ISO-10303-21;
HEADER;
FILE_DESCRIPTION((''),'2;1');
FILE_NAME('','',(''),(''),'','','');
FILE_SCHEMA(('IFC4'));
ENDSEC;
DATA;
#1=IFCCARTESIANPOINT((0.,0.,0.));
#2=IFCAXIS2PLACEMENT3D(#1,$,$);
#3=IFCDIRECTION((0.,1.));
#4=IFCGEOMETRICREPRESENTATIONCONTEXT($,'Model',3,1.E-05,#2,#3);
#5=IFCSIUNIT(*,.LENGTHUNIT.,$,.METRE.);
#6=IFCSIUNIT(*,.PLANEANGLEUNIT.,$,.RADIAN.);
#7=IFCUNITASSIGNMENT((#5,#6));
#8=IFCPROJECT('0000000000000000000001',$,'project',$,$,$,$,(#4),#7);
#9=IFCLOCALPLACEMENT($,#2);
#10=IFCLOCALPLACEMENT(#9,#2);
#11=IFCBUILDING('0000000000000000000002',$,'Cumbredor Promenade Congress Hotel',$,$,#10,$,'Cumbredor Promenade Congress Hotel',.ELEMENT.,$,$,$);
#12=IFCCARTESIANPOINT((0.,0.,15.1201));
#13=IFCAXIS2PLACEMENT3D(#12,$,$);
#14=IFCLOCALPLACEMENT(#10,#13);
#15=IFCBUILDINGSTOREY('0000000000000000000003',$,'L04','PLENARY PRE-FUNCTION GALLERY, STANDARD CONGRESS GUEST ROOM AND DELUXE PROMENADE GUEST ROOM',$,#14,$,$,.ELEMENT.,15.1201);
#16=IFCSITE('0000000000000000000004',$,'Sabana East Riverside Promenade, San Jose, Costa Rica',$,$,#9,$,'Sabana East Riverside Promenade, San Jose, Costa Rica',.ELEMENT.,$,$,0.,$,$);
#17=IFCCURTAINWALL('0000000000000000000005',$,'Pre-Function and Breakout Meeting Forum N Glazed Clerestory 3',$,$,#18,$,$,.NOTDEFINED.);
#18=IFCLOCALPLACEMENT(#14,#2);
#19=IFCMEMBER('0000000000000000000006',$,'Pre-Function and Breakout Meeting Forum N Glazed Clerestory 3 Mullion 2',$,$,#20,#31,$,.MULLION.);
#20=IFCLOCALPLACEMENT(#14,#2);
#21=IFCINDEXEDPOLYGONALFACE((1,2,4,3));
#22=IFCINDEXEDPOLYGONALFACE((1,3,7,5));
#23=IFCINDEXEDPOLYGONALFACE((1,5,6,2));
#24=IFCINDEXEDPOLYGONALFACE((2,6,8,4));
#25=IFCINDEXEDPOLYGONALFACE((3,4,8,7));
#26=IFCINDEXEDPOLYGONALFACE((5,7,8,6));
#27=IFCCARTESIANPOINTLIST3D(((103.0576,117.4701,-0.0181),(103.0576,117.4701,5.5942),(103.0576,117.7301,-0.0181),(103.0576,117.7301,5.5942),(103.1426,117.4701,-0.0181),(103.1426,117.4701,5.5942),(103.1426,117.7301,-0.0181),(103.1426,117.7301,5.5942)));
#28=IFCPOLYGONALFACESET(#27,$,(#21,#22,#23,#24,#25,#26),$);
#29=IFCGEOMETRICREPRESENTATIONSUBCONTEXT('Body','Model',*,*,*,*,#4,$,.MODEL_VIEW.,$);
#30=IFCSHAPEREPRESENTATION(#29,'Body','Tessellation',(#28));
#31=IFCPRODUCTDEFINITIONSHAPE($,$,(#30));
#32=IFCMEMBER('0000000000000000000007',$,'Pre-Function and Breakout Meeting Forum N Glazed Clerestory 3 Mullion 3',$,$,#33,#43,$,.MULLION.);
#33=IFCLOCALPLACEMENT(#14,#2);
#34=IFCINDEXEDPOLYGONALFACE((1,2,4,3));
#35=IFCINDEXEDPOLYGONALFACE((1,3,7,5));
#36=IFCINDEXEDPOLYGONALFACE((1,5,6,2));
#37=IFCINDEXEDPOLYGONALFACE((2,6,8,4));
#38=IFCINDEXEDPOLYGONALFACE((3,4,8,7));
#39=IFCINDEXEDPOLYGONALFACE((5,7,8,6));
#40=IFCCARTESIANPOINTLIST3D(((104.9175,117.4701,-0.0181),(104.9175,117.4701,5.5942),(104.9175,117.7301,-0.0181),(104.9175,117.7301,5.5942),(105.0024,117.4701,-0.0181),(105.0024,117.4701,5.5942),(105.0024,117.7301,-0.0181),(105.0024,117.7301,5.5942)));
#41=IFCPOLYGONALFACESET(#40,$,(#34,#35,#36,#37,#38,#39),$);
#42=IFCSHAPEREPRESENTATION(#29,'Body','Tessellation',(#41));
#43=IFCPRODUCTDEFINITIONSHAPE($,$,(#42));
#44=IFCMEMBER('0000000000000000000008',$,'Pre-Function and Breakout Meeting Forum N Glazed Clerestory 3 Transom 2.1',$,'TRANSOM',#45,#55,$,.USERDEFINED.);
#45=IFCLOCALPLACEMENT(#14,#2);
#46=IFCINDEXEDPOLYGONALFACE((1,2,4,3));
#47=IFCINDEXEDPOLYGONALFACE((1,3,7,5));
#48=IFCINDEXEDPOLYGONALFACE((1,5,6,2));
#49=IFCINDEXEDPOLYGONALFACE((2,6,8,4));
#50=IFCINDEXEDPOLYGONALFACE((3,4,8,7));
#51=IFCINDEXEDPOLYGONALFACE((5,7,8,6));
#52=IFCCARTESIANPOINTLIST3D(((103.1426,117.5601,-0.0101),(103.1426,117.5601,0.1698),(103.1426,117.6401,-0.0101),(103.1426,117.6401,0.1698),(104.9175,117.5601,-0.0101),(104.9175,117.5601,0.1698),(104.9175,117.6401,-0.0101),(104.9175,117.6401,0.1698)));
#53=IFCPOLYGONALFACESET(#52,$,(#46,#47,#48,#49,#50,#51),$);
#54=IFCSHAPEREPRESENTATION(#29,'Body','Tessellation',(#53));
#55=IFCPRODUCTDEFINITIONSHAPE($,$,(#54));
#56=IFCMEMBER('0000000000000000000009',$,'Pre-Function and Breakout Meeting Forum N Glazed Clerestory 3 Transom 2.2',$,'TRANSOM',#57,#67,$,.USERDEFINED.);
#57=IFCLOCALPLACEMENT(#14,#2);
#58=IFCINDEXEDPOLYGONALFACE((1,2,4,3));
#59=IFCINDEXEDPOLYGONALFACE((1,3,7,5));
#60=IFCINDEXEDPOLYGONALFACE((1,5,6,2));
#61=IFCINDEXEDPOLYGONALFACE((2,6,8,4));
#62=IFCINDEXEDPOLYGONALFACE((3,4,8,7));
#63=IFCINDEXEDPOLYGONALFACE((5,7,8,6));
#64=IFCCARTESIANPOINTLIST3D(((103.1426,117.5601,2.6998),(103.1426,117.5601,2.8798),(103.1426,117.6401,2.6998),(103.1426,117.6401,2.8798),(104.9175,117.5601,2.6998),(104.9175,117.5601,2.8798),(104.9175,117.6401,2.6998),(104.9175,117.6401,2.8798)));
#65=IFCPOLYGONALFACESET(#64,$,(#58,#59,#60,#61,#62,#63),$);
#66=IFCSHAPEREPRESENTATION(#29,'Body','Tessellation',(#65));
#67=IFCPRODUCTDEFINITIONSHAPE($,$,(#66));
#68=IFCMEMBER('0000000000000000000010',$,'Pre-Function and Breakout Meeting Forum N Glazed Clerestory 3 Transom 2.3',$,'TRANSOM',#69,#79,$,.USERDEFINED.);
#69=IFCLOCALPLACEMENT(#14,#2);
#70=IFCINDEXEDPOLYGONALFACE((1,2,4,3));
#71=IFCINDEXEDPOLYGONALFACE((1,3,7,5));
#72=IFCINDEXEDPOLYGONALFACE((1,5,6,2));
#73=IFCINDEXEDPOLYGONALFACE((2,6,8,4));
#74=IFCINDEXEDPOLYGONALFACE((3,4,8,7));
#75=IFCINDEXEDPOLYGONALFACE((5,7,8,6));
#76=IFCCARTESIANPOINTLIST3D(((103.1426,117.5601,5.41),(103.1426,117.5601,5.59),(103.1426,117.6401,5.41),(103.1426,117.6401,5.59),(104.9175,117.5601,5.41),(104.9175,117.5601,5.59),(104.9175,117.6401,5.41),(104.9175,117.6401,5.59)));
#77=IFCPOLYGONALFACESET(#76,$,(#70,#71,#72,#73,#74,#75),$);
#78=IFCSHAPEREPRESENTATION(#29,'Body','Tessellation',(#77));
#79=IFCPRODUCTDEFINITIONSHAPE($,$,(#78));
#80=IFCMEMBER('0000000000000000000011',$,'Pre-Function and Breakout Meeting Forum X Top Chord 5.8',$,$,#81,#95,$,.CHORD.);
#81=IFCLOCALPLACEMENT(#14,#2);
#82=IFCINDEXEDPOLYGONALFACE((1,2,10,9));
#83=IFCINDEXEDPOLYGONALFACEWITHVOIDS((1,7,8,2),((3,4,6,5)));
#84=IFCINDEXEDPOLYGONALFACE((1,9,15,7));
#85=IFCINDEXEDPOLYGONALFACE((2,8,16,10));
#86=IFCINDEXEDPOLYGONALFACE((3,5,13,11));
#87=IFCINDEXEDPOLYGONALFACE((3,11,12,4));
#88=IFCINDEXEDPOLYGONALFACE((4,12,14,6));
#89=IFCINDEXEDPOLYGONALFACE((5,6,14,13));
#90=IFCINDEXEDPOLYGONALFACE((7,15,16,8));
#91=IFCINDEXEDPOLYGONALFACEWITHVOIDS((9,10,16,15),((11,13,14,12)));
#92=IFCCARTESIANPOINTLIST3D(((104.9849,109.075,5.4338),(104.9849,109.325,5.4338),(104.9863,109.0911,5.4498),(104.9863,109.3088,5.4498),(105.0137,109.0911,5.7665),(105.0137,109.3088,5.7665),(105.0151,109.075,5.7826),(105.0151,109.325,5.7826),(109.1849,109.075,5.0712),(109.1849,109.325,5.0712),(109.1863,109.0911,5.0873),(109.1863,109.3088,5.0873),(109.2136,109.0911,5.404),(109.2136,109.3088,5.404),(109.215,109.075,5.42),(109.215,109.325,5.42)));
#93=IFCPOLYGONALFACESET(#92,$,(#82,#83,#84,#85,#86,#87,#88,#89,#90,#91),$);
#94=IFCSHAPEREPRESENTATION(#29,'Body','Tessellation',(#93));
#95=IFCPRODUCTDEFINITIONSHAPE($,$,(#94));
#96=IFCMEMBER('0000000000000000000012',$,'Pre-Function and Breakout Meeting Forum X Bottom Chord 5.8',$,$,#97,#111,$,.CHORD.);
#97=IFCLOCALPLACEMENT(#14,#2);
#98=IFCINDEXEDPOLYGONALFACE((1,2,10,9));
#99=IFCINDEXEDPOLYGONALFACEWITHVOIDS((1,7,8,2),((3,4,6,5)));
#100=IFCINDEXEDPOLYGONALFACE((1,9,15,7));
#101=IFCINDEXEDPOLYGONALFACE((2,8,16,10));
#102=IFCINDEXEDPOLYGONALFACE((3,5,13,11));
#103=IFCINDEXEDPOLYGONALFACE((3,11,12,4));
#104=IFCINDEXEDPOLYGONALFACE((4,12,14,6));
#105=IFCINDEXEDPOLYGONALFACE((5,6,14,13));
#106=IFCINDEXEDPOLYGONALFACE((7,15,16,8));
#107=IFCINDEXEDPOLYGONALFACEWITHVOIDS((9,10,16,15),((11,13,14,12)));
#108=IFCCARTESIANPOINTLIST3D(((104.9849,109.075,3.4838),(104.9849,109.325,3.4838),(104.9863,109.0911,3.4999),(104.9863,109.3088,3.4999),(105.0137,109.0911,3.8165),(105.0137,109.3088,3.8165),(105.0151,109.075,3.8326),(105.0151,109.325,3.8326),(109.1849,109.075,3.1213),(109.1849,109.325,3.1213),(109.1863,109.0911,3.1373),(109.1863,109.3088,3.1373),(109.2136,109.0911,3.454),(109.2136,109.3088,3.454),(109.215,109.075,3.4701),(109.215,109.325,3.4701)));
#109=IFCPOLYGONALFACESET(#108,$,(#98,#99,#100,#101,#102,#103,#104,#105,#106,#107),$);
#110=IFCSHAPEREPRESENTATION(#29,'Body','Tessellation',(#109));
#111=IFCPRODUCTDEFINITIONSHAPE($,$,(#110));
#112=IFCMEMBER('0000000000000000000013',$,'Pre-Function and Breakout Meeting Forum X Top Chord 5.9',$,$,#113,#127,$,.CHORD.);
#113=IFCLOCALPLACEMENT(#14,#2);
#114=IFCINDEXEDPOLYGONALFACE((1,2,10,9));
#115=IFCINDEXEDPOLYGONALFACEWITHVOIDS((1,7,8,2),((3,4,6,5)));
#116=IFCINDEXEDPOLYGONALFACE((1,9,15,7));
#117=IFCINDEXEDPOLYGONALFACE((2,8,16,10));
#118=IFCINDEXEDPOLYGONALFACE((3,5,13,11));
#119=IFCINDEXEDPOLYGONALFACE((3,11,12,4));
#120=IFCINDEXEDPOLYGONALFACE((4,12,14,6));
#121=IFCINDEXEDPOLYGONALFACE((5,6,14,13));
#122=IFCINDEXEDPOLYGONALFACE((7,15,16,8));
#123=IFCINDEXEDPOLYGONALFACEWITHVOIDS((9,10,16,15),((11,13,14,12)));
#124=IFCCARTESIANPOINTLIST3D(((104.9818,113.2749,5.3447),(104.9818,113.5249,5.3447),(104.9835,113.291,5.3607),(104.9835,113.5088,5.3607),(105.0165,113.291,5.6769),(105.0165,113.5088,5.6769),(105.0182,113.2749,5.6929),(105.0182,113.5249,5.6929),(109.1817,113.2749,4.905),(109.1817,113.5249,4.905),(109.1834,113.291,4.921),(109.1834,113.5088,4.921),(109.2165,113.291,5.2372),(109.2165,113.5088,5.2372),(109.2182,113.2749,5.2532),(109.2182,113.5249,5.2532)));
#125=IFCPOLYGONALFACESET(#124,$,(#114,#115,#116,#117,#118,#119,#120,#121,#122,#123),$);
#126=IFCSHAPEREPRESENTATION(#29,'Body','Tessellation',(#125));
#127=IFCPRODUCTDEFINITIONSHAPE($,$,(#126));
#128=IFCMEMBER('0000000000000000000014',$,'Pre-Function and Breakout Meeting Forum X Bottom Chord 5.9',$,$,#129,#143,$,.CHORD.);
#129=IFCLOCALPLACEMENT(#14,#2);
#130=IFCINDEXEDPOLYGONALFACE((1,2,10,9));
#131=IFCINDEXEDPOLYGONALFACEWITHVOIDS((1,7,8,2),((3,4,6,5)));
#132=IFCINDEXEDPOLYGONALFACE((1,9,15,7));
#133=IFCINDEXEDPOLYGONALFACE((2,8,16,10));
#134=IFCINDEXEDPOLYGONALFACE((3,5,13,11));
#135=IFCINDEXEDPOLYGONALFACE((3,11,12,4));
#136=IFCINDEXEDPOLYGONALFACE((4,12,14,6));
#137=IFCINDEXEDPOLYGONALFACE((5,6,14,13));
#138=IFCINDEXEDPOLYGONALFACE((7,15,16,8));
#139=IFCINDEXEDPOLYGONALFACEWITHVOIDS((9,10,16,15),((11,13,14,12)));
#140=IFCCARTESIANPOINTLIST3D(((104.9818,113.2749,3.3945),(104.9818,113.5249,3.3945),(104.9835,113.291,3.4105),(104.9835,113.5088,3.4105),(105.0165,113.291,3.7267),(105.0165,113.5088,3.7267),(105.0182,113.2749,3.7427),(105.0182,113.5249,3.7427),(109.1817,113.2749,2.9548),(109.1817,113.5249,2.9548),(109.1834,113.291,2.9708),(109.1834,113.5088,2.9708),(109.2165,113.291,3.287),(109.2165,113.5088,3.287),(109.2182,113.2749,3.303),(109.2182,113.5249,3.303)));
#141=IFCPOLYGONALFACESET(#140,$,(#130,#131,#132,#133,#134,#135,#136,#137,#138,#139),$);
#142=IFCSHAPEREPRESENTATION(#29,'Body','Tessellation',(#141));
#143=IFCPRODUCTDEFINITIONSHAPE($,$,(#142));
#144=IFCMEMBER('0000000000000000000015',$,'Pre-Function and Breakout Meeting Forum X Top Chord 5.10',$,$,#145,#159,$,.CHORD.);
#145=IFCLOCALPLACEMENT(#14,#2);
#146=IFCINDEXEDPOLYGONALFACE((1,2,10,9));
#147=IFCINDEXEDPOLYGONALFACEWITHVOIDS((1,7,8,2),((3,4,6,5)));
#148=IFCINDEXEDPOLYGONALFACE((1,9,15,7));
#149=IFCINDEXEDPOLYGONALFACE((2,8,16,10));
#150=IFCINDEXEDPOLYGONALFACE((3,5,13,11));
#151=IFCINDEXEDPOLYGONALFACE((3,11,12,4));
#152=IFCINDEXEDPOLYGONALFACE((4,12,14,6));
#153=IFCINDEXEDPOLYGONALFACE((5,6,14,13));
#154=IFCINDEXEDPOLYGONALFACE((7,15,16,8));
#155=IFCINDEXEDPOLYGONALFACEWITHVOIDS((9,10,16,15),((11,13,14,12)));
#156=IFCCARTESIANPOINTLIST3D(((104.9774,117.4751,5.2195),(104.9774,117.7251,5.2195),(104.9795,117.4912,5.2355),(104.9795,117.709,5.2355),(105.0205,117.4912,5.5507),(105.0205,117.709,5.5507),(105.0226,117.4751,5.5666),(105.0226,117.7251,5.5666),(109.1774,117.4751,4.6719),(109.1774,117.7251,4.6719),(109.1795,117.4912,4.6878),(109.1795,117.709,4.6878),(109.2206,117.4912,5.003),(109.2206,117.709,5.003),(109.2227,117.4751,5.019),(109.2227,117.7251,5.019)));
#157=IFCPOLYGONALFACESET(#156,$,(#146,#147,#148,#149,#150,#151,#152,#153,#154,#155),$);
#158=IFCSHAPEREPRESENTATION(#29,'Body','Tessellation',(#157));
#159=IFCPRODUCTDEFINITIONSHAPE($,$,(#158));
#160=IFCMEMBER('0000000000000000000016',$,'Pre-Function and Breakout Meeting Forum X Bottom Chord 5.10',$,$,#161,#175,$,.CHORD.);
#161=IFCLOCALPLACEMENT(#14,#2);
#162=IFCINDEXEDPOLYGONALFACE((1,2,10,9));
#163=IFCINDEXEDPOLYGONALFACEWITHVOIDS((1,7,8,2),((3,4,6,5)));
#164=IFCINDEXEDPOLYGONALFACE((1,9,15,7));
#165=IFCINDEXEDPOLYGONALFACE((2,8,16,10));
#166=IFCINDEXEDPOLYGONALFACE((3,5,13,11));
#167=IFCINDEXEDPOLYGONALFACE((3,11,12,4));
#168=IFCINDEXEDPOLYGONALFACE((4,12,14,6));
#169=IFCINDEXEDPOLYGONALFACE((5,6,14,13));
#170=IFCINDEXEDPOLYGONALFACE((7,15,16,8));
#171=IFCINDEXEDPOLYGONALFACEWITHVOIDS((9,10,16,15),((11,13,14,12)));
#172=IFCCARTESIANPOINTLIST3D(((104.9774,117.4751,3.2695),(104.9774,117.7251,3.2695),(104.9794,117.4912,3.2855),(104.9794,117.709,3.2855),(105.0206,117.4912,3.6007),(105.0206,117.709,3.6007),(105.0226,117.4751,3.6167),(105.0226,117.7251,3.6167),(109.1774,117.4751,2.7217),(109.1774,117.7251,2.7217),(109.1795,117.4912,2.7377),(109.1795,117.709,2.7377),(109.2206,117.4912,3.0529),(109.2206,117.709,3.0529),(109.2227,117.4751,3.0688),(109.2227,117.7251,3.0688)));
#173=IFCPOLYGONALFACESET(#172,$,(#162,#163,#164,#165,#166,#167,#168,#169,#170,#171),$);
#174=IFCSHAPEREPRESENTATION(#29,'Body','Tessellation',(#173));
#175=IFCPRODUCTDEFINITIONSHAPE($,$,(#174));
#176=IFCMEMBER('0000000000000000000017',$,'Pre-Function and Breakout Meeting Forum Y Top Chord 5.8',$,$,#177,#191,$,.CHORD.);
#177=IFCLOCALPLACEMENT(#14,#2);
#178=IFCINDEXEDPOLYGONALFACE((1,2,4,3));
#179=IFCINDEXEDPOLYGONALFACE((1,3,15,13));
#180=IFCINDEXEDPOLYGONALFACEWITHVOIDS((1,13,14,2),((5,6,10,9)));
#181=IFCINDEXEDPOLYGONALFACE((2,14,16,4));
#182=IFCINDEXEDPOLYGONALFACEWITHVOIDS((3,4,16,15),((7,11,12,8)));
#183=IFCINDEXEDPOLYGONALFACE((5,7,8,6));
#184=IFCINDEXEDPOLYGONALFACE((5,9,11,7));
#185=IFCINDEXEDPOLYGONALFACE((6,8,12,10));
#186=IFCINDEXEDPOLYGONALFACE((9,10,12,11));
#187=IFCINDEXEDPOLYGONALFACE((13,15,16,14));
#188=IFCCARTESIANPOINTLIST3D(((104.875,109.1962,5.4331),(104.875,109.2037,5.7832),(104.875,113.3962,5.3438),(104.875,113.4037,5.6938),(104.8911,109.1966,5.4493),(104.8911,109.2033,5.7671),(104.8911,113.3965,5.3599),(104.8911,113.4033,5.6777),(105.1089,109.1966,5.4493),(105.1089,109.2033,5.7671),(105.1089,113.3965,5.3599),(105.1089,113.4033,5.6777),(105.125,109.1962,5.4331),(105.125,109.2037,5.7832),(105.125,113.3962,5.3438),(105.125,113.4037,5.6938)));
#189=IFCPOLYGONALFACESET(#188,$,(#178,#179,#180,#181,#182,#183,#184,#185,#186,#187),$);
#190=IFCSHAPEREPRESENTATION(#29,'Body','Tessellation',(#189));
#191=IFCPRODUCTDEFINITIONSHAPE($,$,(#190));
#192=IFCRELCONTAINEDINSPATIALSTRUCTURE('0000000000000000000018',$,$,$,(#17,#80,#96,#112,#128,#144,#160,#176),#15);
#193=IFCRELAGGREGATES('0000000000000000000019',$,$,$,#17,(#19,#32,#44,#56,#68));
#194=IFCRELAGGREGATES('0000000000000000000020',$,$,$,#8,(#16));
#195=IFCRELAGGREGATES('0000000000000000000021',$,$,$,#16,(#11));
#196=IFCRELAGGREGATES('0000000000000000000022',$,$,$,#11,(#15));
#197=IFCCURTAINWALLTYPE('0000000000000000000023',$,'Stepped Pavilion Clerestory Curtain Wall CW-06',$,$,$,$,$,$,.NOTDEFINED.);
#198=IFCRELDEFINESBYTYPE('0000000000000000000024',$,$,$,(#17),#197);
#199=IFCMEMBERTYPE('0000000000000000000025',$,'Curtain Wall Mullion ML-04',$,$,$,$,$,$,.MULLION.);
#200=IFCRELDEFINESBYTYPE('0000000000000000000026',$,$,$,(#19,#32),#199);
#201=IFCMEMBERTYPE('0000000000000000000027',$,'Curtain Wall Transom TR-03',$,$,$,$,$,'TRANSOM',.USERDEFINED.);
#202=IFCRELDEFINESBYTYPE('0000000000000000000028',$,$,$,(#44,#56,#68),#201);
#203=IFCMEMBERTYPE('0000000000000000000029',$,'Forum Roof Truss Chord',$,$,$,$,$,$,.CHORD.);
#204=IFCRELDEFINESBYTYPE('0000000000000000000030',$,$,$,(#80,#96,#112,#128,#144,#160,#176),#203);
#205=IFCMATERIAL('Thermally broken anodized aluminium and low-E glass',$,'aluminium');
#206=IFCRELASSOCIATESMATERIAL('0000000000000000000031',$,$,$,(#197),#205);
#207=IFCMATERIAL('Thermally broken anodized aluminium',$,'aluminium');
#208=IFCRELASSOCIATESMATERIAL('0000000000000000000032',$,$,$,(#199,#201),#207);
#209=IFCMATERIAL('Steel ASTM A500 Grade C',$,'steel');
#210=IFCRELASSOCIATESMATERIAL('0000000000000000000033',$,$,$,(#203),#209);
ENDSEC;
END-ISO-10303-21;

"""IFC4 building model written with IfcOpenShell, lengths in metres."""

from ifc_helpers import new_model, si_unit, direction, frame, origin, origin_2d, place, context, subcontext, project, spatial, rectangle, hollow_rectangle, extrude, material, material_profile, profile_set, type_object, element, aggregate, save


model = new_model("IFC4")

# Units and contexts
model_context = context("Model", 3, precision=1e-05, world=origin(), true_north=direction((0.0, 1.0)))
body_context = subcontext(model_context, "Body", "Model", "MODEL_VIEW")
ifc_project = project(units=[si_unit("LENGTHUNIT", "METRE"), si_unit("PLANEANGLEUNIT", "RADIAN")], contexts=[model_context])

# Site, building, storey
site_placement = place(None, origin())
site = spatial("IfcSite", under=ifc_project, at=site_placement, Name="Sabana East Riverside Promenade, San Jose, Costa Rica", LongName="Sabana East Riverside Promenade, San Jose, Costa Rica", CompositionType="ELEMENT", RefElevation=0.0)
building_placement = place(site_placement, origin())
building = spatial("IfcBuilding", under=site, at=building_placement, Name="Cumbredor Promenade Congress Hotel", LongName="Cumbredor Promenade Congress Hotel", CompositionType="ELEMENT")
storey_placement = place(building_placement, frame((0.0, 0.0, 15.1201)))
storey = spatial("IfcBuildingStorey", under=building, at=storey_placement, Name="L04", Description="PLENARY PRE-FUNCTION GALLERY, STANDARD CONGRESS GUEST ROOM AND DELUXE PROMENADE GUEST ROOM", CompositionType="ELEMENT", Elevation=15.1201)

# Curtain wall, members
ifc_material_1 = material(Name="Thermally broken anodized aluminium and low-E glass", Category="aluminium")
curtain_wall_type = type_object("IfcCurtainWallType", Name="Stepped Pavilion Clerestory Curtain Wall CW-06", PredefinedType="NOTDEFINED", material=ifc_material_1)
curtain_wall_placement = place(storey_placement, origin())
curtain_wall = element("IfcCurtainWall", 1, at=curtain_wall_placement, inside=storey, type_object=curtain_wall_type, Name="Pre-Function and Breakout Meeting Forum N Glazed Clerestory 3", PredefinedType="NOTDEFINED")
ifc_material_2 = material(Name="Thermally broken anodized aluminium", Category="aluminium")
ifc_material_profile_1 = material_profile(ifc_material_2, rectangle(XDim=0.085, YDim=0.26, at=origin_2d()), Name="ALU MULLION CLERESTORY 85x260")
ifc_profile_set_1 = profile_set([ifc_material_profile_1], Name="Thermally broken anodized aluminium")
member_type_1 = type_object("IfcMemberType", Name="Curtain Wall Mullion ML-04", PredefinedType="MULLION", material=ifc_profile_set_1)
member_1_placement = place(storey_placement, frame((103.1001, 117.6001, -0.0181), z_axis=(0.0, 0.0, 1.0), x_axis=(1.0, 0.0, 0.0)))
member_1 = element("IfcMember", 2, at=member_1_placement, type_object=member_type_1, Name="Pre-Function and Breakout Meeting Forum N Glazed Clerestory 3 Mullion 2", PredefinedType="MULLION", context=body_context, shape_type="SweptSolid", body=[
    extrude(rectangle(XDim=0.085, YDim=0.26, at=origin_2d()), origin(), (0.0, 0.0, 1.0), 5.6123),
])
member_2_placement = place(storey_placement, frame((104.96, 117.6001, -0.0181), z_axis=(0.0, 0.0, 1.0), x_axis=(1.0, 0.0, 0.0)))
member_2 = element("IfcMember", 3, at=member_2_placement, type_object=member_type_1, Name="Pre-Function and Breakout Meeting Forum N Glazed Clerestory 3 Mullion 3", PredefinedType="MULLION", context=body_context, shape_type="SweptSolid", body=[
    extrude(rectangle(XDim=0.085, YDim=0.26, at=origin_2d()), origin(), (0.0, 0.0, 1.0), 5.6123),
])
ifc_material_profile_2 = material_profile(ifc_material_2, rectangle(XDim=0.0801, YDim=0.1799, at=origin_2d()), Name="ALU TRANSOM 80x180")
ifc_profile_set_2 = profile_set([ifc_material_profile_2], Name="Thermally broken anodized aluminium")
member_type_2 = type_object("IfcMemberType", Name="Curtain Wall Transom TR-03", ElementType="TRANSOM", PredefinedType="USERDEFINED", material=ifc_profile_set_2)
member_3_placement = place(storey_placement, frame((103.1426, 117.6001, 0.0798), z_axis=(1.0, 0.0, 0.0), x_axis=(0.0, 1.0, 0.0)))
member_3 = element("IfcMember", 4, at=member_3_placement, type_object=member_type_2, Name="Pre-Function and Breakout Meeting Forum N Glazed Clerestory 3 Transom 2.1", ObjectType="TRANSOM", PredefinedType="USERDEFINED", context=body_context, shape_type="SweptSolid", body=[
    extrude(rectangle(XDim=0.0801, YDim=0.1799, at=origin_2d()), origin(), (0.0, 0.0, 1.0), 1.7749),
])
member_4_placement = place(storey_placement, frame((103.1426, 117.6001, 2.7898), z_axis=(1.0, 0.0, 0.0), x_axis=(0.0, 1.0, 0.0)))
member_4 = element("IfcMember", 5, at=member_4_placement, type_object=member_type_2, Name="Pre-Function and Breakout Meeting Forum N Glazed Clerestory 3 Transom 2.2", ObjectType="TRANSOM", PredefinedType="USERDEFINED", context=body_context, shape_type="SweptSolid", body=[
    extrude(rectangle(XDim=0.0801, YDim=0.1799, at=origin_2d()), origin(), (0.0, 0.0, 1.0), 1.7749),
])
member_5_placement = place(storey_placement, frame((103.1426, 117.6001, 5.5), z_axis=(1.0, 0.0, 0.0), x_axis=(0.0, 1.0, 0.0)))
member_5 = element("IfcMember", 6, at=member_5_placement, type_object=member_type_2, Name="Pre-Function and Breakout Meeting Forum N Glazed Clerestory 3 Transom 2.3", ObjectType="TRANSOM", PredefinedType="USERDEFINED", context=body_context, shape_type="SweptSolid", body=[
    extrude(rectangle(XDim=0.0801, YDim=0.1799, at=origin_2d()), origin(), (0.0, 0.0, 1.0), 1.7749),
])

# Members
ifc_material_3 = material(Name="Steel ASTM A500 Grade C", Category="steel")
ifc_material_profile_3 = material_profile(ifc_material_3, hollow_rectangle(XDim=0.25, YDim=0.3501, WallThickness=0.0161, at=origin_2d()), Name="HSS 350x250x16")
ifc_profile_set_3 = profile_set([ifc_material_profile_3], Name="Steel ASTM A500 Grade C")
member_type_3 = type_object("IfcMemberType", Name="Forum Roof Truss Chord", PredefinedType="CHORD", material=ifc_profile_set_3)
for number, where, z_axis, x_axis, name in (
    (7, (105.0, 109.2, 5.6082), (0.996295, 0.0, -0.086002), (0.0, 1.0, 0.0), "Pre-Function and Breakout Meeting Forum X Top Chord 5.8"),
    (8, (105.0, 109.2, 3.6582), (0.996295, 0.0, -0.086002), (0.0, 1.0, 0.0), "Pre-Function and Breakout Meeting Forum X Bottom Chord 5.8"),
):
    element("IfcMember", number, at=place(storey_placement, frame(where, z_axis=z_axis, x_axis=x_axis)), inside=storey, type_object=member_type_3, Name=name, PredefinedType="CHORD", context=body_context, shape_type="SweptSolid", body=[
        extrude(hollow_rectangle(XDim=0.25, YDim=0.3501, WallThickness=0.0161, at=origin_2d()), origin(), (0.0, 0.0, 1.0), 4.2156),
    ])
for number, where, z_axis, x_axis, name in (
    (9, (105.0, 113.3999, 5.5188), (0.994565, 0.0, -0.104122), (0.0, 1.0, 0.0), "Pre-Function and Breakout Meeting Forum X Top Chord 5.9"),
    (10, (105.0, 113.3999, 3.5686), (0.994565, 0.0, -0.104122), (0.0, 1.0, 0.0), "Pre-Function and Breakout Meeting Forum X Bottom Chord 5.9"),
):
    element("IfcMember", number, at=place(storey_placement, frame(where, z_axis=z_axis, x_axis=x_axis)), inside=storey, type_object=member_type_3, Name=name, PredefinedType="CHORD", context=body_context, shape_type="SweptSolid", body=[
        extrude(hollow_rectangle(XDim=0.25, YDim=0.3501, WallThickness=0.0161, at=origin_2d()), origin(), (0.0, 0.0, 1.0), 4.2229),
    ])
for number, where, z_axis, x_axis, name in (
    (11, (105.0, 117.6001, 5.3931), (0.991607, 0.0, -0.12929), (0.0, 1.0, 0.0), "Pre-Function and Breakout Meeting Forum X Top Chord 5.10"),
    (12, (105.0, 117.6001, 3.4431), (0.991599, 0.0, -0.129347), (0.0, 1.0, 0.0), "Pre-Function and Breakout Meeting Forum X Bottom Chord 5.10"),
):
    element("IfcMember", number, at=place(storey_placement, frame(where, z_axis=z_axis, x_axis=x_axis)), inside=storey, type_object=member_type_3, Name=name, PredefinedType="CHORD", context=body_context, shape_type="SweptSolid", body=[
        extrude(hollow_rectangle(XDim=0.25, YDim=0.3501, WallThickness=0.0161, at=origin_2d()), origin(), (0.0, 0.0, 1.0), 4.2356),
    ])
for number, where, z_axis, x_axis, name in (
    (13, (105.0, 109.2, 5.6082), (0.0, 0.999774, -0.021271), (-1.0, 0.0, 0.0), "Pre-Function and Breakout Meeting Forum Y Top Chord 5.8"),
):
    element("IfcMember", number, at=place(storey_placement, frame(where, z_axis=z_axis, x_axis=x_axis)), inside=storey, type_object=member_type_3, Name=name, PredefinedType="CHORD", context=body_context, shape_type="SweptSolid", body=[
        extrude(hollow_rectangle(XDim=0.25, YDim=0.3501, WallThickness=0.0161, at=origin_2d()), origin(), (0.0, 0.0, 1.0), 4.2009),
    ])

aggregate(curtain_wall, [member_1, member_2, member_3, member_4, member_5])

save(model, "model.ifc")
